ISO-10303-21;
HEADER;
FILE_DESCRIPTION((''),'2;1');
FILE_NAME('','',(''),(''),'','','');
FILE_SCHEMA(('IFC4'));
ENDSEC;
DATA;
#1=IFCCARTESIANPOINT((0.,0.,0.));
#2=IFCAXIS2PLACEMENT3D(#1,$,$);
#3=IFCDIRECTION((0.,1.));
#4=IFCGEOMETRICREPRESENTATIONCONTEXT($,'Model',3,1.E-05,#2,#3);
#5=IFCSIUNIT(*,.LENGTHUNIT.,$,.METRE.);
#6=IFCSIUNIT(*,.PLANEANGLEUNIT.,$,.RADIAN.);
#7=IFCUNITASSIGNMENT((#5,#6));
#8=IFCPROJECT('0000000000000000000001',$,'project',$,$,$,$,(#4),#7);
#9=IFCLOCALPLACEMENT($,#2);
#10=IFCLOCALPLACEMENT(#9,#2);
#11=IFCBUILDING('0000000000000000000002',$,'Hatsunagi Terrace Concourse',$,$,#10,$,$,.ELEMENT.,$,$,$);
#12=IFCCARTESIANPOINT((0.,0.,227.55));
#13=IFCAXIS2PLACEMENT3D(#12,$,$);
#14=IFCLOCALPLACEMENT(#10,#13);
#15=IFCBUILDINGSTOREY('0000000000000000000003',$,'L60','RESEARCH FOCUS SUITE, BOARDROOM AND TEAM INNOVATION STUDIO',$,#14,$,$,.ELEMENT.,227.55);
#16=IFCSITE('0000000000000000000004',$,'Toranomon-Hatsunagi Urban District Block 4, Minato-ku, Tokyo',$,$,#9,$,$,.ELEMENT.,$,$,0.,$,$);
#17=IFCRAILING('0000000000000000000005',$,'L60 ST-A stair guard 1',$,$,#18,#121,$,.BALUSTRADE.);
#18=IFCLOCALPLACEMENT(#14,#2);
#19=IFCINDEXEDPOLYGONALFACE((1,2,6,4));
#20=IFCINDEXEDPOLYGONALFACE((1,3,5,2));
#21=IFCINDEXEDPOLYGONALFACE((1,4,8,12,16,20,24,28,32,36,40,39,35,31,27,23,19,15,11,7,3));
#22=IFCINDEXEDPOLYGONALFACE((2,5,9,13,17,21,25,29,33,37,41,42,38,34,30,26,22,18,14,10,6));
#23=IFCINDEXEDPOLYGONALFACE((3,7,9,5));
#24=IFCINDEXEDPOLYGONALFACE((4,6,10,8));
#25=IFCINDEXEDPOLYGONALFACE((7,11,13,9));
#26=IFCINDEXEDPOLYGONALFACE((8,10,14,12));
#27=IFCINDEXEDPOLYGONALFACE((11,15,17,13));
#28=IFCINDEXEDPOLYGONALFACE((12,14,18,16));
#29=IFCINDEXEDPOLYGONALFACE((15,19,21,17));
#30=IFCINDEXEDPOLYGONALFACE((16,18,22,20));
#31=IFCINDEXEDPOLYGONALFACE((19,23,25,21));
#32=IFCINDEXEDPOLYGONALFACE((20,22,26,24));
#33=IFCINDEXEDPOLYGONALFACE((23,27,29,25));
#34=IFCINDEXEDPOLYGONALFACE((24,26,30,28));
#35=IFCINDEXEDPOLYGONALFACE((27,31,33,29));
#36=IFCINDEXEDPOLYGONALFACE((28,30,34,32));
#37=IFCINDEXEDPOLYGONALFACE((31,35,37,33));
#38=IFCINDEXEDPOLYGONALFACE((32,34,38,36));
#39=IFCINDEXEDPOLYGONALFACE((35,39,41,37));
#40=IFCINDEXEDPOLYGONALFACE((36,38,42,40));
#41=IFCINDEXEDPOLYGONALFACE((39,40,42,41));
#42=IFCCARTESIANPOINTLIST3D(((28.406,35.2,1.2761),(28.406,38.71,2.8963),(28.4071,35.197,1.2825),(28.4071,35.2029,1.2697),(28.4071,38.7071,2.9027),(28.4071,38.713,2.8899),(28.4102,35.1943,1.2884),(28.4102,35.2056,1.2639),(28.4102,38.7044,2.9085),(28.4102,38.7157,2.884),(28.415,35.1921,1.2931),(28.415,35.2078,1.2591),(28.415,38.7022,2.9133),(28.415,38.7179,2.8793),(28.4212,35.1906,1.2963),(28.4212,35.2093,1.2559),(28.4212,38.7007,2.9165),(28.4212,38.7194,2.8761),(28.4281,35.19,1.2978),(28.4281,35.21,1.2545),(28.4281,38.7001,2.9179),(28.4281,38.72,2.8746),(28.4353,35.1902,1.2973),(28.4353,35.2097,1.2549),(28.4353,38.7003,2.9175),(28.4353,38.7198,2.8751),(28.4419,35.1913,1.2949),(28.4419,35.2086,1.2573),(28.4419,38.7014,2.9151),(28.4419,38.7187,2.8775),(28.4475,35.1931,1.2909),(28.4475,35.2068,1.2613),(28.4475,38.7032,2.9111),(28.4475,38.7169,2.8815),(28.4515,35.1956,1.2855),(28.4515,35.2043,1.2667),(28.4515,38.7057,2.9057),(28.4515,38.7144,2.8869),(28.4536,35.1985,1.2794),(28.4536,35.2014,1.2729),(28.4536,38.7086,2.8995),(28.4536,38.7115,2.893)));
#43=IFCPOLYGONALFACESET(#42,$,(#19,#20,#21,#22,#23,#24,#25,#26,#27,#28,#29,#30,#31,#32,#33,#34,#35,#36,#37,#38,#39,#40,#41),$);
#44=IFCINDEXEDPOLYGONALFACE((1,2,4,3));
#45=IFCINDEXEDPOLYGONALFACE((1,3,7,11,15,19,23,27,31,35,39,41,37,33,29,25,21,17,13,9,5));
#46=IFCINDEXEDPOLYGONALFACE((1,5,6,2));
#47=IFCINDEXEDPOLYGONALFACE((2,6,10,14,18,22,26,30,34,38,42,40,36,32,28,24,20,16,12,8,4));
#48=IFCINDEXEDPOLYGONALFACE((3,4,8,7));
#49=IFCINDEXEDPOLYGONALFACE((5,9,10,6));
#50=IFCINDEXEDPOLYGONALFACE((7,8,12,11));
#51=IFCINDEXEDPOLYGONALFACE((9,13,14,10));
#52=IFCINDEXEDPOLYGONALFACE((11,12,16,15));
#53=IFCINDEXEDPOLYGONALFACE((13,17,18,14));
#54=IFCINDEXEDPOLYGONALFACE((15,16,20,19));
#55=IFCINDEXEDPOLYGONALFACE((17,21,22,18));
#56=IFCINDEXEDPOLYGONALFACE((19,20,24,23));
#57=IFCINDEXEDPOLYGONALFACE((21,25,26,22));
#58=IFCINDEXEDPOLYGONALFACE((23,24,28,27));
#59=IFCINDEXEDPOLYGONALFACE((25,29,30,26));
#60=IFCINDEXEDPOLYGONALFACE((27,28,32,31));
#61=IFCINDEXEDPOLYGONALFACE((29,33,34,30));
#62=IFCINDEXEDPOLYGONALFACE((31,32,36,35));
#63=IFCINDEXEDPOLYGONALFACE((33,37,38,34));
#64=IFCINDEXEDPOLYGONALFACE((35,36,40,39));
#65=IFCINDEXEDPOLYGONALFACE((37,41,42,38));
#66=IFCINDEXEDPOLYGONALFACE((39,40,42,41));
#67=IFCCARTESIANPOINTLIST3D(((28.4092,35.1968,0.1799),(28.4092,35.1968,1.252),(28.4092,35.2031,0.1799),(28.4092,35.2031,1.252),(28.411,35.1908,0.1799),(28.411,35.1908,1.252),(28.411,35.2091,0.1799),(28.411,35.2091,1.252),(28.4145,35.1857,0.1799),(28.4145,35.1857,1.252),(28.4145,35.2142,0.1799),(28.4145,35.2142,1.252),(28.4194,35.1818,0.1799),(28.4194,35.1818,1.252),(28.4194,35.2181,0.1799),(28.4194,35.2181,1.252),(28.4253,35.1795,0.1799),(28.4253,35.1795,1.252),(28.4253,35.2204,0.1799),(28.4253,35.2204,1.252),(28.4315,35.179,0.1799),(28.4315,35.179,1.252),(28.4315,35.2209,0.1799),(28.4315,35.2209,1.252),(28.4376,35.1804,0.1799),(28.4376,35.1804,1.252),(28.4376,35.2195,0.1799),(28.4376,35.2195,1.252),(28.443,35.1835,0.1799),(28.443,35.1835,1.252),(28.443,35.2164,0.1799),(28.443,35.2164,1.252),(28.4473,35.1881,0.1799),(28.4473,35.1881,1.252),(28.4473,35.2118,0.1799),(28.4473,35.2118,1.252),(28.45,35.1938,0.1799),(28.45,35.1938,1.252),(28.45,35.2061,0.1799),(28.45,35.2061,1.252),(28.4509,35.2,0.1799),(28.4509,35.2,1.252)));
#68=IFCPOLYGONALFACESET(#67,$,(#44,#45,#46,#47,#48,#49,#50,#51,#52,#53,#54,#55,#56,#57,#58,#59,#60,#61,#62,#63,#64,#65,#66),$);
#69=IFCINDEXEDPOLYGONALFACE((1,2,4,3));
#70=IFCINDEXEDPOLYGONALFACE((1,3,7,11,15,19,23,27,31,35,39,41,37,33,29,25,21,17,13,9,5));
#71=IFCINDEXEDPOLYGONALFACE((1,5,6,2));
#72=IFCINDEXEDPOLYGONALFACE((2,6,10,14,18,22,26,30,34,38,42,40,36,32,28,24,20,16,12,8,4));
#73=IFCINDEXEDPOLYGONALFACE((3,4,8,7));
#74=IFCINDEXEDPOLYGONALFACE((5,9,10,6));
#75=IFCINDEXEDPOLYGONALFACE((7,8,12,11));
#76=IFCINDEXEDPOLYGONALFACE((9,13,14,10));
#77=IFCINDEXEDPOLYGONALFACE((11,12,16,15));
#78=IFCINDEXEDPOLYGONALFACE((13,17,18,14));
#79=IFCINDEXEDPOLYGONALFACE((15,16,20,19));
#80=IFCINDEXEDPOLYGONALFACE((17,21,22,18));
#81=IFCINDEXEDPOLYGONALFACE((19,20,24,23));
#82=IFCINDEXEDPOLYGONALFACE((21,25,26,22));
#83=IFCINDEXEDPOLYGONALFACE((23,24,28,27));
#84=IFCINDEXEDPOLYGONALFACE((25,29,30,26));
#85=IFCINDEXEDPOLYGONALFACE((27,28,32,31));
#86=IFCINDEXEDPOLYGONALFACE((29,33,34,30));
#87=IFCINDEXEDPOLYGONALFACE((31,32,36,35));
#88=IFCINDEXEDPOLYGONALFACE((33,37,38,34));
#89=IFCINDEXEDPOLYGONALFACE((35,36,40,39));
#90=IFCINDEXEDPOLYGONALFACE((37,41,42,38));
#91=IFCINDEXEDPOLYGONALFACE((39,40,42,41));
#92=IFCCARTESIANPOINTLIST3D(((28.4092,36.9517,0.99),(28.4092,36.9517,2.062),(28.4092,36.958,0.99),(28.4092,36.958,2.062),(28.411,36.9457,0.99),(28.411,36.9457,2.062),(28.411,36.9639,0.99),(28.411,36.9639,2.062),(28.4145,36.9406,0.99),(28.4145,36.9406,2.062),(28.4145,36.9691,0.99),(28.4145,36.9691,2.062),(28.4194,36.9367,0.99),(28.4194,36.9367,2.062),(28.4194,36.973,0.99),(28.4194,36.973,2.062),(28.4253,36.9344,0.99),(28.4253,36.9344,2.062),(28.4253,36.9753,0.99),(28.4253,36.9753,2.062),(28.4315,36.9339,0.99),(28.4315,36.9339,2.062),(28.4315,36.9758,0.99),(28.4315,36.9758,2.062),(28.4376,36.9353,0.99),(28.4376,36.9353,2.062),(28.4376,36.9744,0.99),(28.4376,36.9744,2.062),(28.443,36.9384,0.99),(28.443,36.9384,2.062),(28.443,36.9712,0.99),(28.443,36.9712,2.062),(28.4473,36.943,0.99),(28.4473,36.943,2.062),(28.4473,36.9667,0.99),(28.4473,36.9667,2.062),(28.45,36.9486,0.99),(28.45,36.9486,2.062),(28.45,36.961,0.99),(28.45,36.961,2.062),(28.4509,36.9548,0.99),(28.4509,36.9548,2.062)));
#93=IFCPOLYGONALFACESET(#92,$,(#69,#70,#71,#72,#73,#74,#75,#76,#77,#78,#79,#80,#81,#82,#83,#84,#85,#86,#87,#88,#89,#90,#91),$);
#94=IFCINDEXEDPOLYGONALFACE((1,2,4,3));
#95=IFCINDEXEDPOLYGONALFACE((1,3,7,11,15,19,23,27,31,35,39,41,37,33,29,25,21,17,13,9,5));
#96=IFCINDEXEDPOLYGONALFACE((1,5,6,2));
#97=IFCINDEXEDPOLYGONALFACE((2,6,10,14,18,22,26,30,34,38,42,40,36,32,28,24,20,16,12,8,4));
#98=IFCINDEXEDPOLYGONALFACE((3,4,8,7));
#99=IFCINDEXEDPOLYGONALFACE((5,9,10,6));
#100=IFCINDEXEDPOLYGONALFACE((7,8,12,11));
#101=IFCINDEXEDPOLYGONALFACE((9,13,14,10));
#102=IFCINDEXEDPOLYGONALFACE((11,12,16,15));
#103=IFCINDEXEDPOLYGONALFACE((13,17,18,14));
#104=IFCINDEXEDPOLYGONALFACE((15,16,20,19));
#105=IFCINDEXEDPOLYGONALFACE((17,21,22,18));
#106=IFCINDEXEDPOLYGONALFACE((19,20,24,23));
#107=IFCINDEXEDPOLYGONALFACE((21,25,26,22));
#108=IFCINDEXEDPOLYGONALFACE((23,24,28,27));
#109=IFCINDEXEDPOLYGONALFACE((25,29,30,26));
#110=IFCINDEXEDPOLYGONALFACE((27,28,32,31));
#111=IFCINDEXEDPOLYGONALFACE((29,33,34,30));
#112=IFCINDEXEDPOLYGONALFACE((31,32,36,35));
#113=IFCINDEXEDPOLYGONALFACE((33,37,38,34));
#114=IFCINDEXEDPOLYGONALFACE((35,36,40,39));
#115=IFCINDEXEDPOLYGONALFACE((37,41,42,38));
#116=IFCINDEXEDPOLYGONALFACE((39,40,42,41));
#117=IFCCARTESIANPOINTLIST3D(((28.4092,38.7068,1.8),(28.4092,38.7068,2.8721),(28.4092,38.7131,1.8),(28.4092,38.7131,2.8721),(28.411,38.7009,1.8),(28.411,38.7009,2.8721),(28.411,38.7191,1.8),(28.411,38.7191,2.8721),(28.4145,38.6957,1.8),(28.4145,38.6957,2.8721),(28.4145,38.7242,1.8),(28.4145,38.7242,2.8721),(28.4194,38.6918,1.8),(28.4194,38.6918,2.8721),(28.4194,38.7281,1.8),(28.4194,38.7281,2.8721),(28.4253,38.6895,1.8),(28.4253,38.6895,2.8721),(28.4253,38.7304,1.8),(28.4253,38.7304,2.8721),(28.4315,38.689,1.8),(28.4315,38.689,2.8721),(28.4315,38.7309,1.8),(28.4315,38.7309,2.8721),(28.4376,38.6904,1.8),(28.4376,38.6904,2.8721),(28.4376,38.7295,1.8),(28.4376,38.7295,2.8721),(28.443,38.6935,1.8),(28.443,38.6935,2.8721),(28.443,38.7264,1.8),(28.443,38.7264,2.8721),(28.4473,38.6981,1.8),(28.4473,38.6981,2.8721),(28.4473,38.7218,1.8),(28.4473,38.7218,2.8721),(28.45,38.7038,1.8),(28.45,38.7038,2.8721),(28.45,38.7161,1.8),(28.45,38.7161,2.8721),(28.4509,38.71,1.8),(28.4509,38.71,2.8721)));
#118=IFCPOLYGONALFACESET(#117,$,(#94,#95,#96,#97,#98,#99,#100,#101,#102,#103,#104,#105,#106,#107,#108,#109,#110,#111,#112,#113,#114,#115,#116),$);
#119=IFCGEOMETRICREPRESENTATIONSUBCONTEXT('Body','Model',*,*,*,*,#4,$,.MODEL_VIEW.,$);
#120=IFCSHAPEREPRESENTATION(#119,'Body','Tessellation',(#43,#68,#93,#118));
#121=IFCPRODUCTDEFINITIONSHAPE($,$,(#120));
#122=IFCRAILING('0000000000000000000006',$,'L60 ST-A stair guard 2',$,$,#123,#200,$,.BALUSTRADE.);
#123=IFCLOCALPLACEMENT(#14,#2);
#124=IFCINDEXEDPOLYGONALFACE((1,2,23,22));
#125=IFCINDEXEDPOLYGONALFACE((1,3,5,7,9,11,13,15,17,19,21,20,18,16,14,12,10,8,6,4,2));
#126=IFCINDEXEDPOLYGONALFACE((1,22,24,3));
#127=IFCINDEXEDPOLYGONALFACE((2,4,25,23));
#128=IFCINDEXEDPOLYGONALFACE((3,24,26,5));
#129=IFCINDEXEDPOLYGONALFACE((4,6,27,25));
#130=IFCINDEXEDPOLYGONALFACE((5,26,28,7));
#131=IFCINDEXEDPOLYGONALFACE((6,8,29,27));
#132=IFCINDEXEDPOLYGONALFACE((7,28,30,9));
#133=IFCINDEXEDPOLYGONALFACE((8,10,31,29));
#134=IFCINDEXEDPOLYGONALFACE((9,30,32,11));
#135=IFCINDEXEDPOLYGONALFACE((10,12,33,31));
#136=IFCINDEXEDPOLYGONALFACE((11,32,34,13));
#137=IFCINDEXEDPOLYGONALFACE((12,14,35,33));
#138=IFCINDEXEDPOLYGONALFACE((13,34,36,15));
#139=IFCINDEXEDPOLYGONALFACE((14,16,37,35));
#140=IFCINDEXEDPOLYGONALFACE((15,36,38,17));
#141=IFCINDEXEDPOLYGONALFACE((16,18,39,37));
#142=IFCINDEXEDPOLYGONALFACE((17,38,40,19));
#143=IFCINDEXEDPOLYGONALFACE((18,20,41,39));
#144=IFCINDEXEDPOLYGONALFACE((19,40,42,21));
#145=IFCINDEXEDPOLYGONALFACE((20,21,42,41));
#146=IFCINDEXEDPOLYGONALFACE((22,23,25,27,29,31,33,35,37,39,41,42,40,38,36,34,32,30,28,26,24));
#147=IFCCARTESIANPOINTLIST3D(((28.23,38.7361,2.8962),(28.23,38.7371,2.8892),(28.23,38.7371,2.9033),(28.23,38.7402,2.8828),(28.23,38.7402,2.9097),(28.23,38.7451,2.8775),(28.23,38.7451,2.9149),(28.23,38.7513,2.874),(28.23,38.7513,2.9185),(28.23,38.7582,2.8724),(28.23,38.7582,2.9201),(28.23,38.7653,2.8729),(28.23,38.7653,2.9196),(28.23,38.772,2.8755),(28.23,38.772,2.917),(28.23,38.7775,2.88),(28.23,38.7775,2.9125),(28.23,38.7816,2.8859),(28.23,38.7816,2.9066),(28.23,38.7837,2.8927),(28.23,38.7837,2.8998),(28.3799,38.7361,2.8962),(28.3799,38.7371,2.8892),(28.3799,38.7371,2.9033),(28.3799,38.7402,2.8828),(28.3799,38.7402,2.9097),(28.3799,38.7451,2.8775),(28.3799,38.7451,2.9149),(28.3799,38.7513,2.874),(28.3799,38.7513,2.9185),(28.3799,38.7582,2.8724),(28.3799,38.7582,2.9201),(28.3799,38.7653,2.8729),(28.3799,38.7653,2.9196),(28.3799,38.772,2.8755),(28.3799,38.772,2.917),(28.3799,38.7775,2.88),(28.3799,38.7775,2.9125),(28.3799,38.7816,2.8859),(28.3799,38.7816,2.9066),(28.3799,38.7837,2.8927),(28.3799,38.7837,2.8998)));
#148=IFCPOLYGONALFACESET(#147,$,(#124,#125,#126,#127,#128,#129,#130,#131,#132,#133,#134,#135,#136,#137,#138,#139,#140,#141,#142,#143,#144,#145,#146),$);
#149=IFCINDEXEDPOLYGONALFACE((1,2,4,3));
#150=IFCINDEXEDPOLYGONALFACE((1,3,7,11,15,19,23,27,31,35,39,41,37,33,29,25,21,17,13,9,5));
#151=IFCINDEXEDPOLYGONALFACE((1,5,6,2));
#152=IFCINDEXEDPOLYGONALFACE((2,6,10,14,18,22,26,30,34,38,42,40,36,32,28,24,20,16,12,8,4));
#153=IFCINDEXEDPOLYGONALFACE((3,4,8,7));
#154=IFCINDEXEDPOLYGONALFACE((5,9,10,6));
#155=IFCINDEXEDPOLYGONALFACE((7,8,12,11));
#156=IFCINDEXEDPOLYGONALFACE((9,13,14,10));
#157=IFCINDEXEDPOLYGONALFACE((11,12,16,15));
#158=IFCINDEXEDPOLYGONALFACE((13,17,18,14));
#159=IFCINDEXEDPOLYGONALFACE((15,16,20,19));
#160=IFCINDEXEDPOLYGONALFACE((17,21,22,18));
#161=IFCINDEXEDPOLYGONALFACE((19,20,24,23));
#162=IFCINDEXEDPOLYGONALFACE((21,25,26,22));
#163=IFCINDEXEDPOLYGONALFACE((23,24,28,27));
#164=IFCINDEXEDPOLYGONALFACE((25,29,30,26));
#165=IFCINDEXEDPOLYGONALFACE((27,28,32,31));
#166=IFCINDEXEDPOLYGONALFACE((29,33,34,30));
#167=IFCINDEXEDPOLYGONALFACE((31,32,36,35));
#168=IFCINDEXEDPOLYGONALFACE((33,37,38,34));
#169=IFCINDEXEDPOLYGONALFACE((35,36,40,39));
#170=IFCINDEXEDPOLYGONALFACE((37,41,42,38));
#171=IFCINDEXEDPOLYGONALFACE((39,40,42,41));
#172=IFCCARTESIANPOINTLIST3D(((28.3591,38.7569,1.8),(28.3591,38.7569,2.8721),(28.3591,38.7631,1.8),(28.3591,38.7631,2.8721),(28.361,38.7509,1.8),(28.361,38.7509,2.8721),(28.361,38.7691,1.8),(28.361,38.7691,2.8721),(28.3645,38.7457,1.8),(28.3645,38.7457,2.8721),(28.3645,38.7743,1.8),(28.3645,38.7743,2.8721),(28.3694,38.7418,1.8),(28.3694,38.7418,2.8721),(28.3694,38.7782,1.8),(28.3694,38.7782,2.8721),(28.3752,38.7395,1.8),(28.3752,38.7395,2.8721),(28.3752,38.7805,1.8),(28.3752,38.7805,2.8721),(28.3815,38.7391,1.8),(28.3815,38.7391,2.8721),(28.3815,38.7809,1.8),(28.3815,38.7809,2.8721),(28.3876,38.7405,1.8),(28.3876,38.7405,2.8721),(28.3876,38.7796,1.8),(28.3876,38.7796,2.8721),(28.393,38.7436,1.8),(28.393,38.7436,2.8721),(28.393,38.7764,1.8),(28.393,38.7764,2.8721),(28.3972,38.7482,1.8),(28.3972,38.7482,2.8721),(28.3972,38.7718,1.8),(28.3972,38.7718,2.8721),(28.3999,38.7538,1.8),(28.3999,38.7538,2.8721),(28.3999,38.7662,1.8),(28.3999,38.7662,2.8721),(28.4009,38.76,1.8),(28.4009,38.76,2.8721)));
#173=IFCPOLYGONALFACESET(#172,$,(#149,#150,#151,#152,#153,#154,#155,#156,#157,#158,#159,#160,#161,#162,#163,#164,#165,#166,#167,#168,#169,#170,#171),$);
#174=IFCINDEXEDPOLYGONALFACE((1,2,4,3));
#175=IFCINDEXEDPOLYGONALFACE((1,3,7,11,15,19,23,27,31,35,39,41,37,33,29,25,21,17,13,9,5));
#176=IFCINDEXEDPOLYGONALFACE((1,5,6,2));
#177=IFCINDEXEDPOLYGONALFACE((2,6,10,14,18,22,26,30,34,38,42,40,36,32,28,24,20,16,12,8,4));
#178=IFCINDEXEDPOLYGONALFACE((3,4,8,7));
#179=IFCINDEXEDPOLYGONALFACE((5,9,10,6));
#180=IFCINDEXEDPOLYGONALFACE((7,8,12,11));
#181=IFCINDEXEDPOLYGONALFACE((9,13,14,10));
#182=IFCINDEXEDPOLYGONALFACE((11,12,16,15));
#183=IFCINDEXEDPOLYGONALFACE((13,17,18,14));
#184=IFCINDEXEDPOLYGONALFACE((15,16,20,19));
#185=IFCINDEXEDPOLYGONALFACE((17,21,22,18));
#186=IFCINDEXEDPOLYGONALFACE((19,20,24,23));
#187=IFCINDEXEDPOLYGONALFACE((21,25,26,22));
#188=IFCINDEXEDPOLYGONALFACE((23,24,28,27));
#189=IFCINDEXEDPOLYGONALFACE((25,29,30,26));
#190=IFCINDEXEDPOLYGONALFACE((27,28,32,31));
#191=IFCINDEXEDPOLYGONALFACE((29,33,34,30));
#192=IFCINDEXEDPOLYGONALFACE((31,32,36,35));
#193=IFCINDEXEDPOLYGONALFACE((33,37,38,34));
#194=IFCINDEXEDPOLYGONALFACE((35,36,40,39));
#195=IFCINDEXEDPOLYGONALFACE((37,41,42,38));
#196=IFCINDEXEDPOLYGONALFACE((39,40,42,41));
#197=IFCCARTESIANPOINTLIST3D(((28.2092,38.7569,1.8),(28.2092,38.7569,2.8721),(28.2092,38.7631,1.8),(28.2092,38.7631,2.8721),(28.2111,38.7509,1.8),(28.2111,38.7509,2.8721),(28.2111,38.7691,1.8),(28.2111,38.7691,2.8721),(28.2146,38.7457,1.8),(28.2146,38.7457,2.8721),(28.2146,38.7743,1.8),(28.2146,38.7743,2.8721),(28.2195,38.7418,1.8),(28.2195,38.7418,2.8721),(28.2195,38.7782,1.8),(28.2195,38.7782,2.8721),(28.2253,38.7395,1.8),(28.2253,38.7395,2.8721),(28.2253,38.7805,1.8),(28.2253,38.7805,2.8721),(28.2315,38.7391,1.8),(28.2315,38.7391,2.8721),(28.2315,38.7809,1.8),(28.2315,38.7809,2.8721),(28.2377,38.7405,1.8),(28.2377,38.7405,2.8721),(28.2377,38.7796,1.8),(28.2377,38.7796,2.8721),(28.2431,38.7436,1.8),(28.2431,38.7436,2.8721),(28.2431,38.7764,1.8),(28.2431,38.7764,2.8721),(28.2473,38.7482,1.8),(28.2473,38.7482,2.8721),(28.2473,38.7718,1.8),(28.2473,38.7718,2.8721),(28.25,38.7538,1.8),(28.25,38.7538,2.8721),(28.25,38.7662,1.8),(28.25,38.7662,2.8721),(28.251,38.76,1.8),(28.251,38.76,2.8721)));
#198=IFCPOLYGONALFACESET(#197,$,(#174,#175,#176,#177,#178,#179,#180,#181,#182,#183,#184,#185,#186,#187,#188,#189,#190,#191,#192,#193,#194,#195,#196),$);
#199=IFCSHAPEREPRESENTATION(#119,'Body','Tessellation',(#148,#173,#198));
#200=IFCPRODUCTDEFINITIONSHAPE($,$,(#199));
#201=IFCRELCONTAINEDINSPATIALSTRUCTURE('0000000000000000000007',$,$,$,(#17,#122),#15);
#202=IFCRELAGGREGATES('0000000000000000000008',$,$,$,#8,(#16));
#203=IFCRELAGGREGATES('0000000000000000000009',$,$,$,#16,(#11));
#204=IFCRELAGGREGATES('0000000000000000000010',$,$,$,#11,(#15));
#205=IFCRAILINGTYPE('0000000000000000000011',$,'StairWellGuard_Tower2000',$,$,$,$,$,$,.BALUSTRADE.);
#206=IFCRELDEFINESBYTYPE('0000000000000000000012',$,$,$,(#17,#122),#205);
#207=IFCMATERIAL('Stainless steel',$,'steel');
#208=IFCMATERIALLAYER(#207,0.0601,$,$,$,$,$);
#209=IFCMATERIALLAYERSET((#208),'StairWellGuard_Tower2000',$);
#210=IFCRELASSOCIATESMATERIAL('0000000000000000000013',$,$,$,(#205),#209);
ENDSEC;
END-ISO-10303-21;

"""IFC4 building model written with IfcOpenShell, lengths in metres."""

from ifc_helpers import new_model, si_unit, direction, frame, origin, origin_2d, place, context, subcontext, project, spatial, circle, extrude, material, layer, layer_set, type_object, element, save


model = new_model("IFC4")

# Units and contexts
model_context = context("Model", 3, precision=1e-05, world=origin(), true_north=direction((0.0, 1.0)))
body_context = subcontext(model_context, "Body", "Model", "MODEL_VIEW")
ifc_project = project(units=[si_unit("LENGTHUNIT", "METRE"), si_unit("PLANEANGLEUNIT", "RADIAN")], contexts=[model_context])

# Site, building, storey
site_placement = place(None, origin())
site = spatial("IfcSite", under=ifc_project, at=site_placement, Name="Toranomon-Hatsunagi Urban District Block 4, Minato-ku, Tokyo", CompositionType="ELEMENT", RefElevation=0.0)
building_placement = place(site_placement, origin())
building = spatial("IfcBuilding", under=site, at=building_placement, Name="Hatsunagi Terrace Concourse", CompositionType="ELEMENT")
storey_placement = place(building_placement, frame((0.0, 0.0, 227.55)))
storey = spatial("IfcBuildingStorey", under=building, at=storey_placement, Name="L60", Description="RESEARCH FOCUS SUITE, BOARDROOM AND TEAM INNOVATION STUDIO", CompositionType="ELEMENT", Elevation=227.55)

# Railings
ifc_material_1 = material(Name="Stainless steel", Category="steel")
ifc_layer_1 = layer(ifc_material_1, 0.0601)
ifc_layer_set_1 = layer_set([ifc_layer_1], Name="StairWellGuard_Tower2000")
railing_type_1 = type_object("IfcRailingType", Name="StairWellGuard_Tower2000", PredefinedType="BALUSTRADE", material=ifc_layer_set_1)
railing_1_placement = place(storey_placement, frame((28.4299, 35.2, 0.1799)))
element("IfcRailing", 1, at=railing_1_placement, inside=storey, type_object=railing_type_1, Name="L60 ST-A stair guard 1", PredefinedType="BALUSTRADE", context=body_context, shape_type="SweptSolid", body=[
    extrude(circle(Radius=0.0239, at=origin_2d()), frame((0.0, 0.0, 1.0962), z_axis=(0.0, 0.907948, 0.419082), x_axis=(-1.0, 0.0, 0.0)), (0.0, 0.0, 1.0), 3.866),
    extrude(circle(Radius=0.021, at=origin_2d()), origin(), (0.0, 0.0, 1.0), 1.072),
    extrude(circle(Radius=0.021, at=origin_2d()), frame((0.0, 1.7549, 0.8101)), (0.0, 0.0, 1.0), 1.072),
    extrude(circle(Radius=0.021, at=origin_2d()), frame((0.0, 3.51, 1.6201)), (0.0, 0.0, 1.0), 1.072),
])
railing_2_placement = place(storey_placement, frame((28.3799, 38.76, 1.8)))
element("IfcRailing", 2, at=railing_2_placement, inside=storey, type_object=railing_type_1, Name="L60 ST-A stair guard 2", PredefinedType="BALUSTRADE", context=body_context, shape_type="SweptSolid", body=[
    extrude(circle(Radius=0.0239, at=origin_2d()), frame((0.0, 0.0, 1.0962), z_axis=(-1.0, 0.0, 0.0), x_axis=(0.0, -1.0, 0.0)), (0.0, 0.0, 1.0), 0.1499),
    extrude(circle(Radius=0.021, at=origin_2d()), origin(), (0.0, 0.0, 1.0), 1.072),
    extrude(circle(Radius=0.021, at=origin_2d()), frame((-0.1499, 0.0, 0.0)), (0.0, 0.0, 1.0), 1.072),
])

save(model, "model.ifc")
